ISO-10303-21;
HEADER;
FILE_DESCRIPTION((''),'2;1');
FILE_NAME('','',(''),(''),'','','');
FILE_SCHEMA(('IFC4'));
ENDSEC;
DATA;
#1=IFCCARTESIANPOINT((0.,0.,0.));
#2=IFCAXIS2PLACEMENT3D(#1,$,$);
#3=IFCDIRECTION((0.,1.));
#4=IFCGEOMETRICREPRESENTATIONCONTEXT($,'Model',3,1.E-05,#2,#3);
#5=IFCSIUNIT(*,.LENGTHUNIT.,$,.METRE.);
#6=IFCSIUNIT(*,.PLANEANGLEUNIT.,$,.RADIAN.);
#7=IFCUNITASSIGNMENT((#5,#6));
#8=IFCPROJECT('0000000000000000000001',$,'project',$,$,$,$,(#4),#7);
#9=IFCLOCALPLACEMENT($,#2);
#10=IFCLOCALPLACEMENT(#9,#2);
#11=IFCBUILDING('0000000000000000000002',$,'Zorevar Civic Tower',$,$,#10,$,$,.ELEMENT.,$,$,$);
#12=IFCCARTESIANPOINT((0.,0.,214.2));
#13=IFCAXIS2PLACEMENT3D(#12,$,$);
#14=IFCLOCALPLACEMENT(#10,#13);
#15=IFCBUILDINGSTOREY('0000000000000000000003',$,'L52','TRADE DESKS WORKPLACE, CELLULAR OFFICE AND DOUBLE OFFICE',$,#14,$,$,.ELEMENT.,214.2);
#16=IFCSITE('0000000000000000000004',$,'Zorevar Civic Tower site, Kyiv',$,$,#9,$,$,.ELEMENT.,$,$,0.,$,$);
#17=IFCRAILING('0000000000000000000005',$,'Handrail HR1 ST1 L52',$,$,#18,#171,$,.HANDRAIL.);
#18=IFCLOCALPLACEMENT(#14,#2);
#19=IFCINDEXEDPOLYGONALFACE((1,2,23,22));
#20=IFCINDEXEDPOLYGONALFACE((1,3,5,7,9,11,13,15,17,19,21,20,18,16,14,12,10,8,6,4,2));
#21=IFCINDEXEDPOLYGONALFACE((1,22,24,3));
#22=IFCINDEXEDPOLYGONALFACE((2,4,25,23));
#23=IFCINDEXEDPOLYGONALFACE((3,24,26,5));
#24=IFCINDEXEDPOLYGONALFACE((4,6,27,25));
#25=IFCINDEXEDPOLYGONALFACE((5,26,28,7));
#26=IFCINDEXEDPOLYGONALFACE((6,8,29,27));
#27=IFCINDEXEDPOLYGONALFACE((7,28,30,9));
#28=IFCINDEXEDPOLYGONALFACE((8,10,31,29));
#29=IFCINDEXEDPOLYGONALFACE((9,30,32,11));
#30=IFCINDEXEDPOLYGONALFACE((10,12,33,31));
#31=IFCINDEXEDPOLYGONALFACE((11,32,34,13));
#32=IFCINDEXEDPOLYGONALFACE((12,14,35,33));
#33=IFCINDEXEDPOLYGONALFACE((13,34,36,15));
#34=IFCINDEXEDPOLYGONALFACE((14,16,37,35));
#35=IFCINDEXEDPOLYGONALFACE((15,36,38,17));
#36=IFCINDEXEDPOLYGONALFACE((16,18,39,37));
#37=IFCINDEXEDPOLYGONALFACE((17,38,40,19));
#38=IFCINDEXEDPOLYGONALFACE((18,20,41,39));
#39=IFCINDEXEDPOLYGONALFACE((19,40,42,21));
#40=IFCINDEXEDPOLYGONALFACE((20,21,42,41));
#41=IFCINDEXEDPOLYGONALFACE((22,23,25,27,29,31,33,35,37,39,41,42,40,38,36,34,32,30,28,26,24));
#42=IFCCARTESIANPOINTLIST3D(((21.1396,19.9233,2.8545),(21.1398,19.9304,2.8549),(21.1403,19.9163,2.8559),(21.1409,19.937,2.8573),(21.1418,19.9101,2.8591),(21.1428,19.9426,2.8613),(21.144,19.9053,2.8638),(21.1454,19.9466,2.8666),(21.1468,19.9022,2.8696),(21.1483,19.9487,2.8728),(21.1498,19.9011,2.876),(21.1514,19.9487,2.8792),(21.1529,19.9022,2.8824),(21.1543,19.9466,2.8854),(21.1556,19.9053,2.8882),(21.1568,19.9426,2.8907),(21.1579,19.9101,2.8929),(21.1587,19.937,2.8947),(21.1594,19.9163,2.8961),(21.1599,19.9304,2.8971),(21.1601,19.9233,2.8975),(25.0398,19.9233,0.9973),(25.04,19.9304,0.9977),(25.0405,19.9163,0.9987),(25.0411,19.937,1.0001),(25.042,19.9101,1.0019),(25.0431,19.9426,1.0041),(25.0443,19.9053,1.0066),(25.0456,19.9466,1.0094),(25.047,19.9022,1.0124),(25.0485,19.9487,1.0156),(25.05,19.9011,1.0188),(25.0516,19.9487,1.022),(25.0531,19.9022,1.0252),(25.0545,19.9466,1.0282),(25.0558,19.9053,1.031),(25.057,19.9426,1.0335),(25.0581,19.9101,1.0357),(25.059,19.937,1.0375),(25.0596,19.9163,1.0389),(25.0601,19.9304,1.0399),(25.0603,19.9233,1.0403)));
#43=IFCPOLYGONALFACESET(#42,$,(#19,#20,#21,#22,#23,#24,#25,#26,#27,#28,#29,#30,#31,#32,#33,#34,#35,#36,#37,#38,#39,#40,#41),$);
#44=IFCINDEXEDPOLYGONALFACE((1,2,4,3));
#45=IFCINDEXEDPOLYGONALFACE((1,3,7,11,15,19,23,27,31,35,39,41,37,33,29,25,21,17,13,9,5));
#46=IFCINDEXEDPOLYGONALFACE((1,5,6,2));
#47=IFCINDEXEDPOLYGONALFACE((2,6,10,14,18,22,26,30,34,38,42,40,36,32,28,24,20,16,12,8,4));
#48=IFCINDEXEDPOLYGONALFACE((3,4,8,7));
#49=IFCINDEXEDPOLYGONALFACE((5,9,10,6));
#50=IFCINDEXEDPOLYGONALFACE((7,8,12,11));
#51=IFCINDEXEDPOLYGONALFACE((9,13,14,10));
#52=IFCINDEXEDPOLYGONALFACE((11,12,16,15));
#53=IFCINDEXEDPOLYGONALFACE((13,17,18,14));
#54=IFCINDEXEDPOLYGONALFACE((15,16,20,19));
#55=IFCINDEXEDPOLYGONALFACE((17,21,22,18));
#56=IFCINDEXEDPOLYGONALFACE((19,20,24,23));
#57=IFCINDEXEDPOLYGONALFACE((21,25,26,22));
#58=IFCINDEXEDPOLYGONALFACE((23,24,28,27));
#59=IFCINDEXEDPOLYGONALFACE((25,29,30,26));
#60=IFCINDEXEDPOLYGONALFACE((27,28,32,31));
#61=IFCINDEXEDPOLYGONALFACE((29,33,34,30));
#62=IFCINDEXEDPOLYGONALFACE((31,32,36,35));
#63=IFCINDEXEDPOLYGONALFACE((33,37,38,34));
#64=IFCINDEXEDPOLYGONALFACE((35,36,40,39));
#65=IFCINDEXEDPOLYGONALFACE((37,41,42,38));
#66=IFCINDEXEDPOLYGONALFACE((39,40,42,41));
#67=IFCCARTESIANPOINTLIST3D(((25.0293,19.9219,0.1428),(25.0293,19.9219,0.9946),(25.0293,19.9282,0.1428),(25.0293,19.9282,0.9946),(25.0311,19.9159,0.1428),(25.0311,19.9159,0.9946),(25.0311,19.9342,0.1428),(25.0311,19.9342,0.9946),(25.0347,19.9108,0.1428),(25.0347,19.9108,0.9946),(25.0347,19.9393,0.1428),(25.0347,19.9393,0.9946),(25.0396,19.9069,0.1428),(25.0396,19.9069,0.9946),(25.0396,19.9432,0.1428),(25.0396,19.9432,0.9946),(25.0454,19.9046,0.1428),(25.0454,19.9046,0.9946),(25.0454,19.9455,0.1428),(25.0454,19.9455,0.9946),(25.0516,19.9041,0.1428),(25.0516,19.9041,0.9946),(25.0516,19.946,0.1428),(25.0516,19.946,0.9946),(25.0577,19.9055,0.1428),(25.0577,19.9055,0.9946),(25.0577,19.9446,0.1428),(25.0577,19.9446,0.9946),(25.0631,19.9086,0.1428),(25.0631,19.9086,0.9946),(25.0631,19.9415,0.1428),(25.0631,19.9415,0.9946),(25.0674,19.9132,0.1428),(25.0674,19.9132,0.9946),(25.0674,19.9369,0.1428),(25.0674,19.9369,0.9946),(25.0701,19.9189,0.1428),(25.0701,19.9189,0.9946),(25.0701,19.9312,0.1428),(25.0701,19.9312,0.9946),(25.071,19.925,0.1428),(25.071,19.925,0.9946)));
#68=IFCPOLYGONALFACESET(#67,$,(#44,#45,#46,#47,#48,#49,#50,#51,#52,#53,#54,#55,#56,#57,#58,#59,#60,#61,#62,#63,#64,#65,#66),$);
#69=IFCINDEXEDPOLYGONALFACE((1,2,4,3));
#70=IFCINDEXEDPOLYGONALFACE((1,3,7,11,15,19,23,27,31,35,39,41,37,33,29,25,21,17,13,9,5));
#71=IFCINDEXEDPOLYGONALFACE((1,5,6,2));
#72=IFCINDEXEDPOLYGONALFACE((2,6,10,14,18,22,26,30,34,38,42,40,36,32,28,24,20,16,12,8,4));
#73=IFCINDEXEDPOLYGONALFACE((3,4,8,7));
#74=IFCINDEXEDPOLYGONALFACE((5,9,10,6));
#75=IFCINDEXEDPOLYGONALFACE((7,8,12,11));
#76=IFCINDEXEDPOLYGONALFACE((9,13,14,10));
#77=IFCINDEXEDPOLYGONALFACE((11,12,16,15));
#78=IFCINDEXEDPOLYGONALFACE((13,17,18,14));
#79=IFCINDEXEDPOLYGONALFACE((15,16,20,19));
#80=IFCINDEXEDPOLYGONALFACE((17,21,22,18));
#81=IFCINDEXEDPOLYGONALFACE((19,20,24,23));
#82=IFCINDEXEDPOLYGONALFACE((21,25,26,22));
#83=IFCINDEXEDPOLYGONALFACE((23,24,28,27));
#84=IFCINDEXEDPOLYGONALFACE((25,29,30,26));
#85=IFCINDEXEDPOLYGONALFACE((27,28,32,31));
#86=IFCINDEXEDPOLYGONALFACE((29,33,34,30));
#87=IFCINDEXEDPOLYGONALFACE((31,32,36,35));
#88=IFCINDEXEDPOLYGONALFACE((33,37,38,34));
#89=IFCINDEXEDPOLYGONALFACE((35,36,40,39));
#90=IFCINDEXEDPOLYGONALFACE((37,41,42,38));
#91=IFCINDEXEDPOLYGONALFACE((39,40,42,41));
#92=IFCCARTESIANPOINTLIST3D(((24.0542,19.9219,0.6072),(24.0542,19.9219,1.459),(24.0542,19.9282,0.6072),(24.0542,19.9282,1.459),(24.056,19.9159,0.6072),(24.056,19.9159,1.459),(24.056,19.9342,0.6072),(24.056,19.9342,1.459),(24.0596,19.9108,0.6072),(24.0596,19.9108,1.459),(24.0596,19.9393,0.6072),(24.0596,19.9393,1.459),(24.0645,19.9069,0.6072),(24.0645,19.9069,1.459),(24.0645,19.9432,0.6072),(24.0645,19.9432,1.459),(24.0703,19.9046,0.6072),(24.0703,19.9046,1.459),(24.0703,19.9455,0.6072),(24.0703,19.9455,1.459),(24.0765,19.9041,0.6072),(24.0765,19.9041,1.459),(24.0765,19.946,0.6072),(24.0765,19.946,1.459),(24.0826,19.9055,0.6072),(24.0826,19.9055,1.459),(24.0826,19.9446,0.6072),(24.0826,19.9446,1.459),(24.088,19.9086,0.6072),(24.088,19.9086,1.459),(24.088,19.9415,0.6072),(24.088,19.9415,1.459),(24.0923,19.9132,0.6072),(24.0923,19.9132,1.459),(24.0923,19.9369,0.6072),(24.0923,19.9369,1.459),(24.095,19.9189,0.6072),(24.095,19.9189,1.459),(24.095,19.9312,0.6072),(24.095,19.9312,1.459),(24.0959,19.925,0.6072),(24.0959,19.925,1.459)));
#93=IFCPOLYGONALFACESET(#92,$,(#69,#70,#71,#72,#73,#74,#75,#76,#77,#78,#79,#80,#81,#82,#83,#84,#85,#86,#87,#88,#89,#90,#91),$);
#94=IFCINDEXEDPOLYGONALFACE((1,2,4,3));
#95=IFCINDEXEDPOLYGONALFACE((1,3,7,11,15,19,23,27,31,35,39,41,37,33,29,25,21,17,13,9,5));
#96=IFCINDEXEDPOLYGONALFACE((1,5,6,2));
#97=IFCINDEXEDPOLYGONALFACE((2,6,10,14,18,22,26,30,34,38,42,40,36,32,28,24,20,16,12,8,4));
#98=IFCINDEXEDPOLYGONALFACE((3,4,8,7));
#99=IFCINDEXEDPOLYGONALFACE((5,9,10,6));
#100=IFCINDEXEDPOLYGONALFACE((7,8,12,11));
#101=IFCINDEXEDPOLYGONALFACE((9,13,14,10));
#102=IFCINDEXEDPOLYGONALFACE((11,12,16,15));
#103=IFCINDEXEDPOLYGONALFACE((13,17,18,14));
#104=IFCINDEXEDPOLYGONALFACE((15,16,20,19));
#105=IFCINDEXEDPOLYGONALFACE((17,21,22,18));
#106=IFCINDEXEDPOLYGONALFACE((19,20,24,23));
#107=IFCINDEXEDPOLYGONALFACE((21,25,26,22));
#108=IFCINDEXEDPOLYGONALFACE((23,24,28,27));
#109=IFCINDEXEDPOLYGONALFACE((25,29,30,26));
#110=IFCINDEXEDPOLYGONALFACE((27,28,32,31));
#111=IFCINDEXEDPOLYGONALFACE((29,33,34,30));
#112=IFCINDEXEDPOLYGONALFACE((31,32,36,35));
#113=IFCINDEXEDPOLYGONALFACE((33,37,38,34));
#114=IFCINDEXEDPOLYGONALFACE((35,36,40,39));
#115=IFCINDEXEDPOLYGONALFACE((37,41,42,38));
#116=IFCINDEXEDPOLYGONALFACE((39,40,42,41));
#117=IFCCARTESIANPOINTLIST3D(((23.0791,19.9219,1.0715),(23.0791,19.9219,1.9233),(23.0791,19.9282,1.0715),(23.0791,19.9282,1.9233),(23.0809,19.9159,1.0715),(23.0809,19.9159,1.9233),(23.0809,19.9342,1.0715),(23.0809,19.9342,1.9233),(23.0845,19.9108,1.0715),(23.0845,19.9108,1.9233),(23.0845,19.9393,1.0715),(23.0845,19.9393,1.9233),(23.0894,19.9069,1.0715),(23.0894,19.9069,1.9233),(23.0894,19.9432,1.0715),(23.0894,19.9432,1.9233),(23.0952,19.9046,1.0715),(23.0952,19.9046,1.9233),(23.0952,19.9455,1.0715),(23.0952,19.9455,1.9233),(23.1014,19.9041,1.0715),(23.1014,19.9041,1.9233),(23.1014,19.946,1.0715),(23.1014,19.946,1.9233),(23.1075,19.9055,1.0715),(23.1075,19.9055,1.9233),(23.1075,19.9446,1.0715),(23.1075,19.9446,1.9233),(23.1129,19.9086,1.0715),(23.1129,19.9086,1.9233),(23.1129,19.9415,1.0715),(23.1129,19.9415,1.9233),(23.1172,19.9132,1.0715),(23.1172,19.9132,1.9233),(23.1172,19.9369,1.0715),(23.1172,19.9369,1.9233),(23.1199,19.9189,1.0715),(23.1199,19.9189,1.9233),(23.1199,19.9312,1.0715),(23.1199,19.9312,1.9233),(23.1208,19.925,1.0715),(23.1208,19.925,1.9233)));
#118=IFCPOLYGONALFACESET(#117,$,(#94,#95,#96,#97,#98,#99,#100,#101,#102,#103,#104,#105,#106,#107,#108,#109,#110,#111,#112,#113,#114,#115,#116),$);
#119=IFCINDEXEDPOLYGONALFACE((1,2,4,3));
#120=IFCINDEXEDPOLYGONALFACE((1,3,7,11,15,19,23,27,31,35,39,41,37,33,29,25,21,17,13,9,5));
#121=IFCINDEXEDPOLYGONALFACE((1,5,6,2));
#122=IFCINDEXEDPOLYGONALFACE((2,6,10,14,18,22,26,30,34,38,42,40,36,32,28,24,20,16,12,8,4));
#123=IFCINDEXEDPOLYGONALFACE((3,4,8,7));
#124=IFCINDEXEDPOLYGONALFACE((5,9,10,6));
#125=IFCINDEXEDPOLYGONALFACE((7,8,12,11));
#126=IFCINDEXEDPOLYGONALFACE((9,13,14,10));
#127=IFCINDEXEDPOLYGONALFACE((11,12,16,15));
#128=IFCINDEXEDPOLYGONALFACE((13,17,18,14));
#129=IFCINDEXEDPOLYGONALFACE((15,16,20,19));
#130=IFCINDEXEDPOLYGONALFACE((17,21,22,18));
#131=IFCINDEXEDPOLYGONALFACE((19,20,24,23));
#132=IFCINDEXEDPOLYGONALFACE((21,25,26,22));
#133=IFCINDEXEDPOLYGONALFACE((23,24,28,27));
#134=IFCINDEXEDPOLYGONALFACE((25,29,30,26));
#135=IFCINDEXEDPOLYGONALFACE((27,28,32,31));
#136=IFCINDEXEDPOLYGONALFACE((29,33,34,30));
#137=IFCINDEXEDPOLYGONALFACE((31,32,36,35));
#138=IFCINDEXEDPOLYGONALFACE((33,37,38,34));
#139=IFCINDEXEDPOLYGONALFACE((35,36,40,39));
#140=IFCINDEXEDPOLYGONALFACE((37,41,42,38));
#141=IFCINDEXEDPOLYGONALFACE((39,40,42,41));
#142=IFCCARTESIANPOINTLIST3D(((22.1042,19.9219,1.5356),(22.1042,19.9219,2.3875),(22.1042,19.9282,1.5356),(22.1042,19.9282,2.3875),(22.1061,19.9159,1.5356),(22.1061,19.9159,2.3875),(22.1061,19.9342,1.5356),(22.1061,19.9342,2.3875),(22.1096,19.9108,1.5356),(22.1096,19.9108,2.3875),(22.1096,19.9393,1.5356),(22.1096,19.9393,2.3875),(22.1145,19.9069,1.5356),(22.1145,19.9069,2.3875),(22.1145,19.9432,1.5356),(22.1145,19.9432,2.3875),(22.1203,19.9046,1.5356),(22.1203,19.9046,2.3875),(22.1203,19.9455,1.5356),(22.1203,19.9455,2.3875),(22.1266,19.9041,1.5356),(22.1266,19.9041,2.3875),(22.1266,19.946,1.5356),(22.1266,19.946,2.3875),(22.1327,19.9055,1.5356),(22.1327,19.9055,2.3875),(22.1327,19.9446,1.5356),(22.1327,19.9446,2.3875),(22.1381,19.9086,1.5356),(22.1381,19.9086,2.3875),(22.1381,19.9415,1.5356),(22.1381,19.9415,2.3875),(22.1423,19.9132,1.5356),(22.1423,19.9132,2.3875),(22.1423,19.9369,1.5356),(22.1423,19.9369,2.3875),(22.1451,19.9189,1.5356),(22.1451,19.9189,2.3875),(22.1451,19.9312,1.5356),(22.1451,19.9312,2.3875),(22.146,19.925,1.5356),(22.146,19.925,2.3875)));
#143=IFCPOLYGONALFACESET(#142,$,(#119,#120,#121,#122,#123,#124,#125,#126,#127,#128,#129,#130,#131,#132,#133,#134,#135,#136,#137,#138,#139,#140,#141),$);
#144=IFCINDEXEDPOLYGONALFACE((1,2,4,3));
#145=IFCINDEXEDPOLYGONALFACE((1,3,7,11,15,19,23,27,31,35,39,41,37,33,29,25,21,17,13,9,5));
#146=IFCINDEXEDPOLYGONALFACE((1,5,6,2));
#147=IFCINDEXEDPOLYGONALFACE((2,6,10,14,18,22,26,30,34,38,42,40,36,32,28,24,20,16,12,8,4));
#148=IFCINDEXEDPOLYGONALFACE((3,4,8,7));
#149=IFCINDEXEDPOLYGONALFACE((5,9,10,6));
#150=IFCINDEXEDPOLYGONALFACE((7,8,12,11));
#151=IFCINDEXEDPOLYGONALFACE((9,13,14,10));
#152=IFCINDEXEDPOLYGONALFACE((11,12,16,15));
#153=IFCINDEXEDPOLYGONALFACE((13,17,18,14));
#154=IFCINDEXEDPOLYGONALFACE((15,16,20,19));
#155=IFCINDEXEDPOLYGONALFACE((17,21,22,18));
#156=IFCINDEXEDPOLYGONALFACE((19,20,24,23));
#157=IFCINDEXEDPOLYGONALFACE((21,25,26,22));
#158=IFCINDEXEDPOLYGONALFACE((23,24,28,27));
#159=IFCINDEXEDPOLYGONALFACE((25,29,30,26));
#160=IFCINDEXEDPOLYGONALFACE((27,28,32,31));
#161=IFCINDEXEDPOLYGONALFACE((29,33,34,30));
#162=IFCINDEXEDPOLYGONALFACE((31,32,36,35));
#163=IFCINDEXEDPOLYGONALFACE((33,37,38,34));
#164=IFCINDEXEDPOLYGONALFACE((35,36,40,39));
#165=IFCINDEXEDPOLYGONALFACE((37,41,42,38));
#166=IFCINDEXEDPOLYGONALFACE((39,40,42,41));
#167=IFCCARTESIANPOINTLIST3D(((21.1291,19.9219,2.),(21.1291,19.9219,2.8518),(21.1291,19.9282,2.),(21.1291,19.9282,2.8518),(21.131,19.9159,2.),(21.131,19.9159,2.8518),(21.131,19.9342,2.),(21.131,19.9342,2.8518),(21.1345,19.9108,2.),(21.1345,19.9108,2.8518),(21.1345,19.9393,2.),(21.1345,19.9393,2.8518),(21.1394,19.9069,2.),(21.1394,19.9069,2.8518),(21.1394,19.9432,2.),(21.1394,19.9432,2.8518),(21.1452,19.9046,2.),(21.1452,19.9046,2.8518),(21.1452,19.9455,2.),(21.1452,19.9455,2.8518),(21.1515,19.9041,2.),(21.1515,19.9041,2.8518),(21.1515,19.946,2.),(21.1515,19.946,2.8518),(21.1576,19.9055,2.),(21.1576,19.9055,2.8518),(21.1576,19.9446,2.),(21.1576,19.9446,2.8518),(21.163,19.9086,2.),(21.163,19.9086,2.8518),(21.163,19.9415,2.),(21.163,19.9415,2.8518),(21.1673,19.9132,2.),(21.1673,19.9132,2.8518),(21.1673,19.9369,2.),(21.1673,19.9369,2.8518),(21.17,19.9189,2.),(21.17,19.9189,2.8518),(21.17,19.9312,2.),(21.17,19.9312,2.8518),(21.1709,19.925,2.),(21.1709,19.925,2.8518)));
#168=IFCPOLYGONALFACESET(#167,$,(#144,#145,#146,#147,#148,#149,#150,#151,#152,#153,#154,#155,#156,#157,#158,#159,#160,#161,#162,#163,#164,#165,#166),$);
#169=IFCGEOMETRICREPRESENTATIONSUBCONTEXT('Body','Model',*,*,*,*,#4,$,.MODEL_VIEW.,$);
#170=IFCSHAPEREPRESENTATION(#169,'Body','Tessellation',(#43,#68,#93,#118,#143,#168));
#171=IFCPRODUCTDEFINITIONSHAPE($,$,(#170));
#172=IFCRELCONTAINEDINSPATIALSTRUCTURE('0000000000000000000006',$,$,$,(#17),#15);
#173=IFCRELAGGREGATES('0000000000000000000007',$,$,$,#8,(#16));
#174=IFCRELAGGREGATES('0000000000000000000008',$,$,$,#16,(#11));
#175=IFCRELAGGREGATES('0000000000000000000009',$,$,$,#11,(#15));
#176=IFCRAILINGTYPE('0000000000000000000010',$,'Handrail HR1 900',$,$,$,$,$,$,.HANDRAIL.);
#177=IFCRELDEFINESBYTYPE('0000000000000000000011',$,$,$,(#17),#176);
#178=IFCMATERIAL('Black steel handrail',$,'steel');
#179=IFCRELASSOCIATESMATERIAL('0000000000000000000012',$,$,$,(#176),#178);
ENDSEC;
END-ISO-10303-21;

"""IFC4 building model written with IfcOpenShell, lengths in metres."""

from ifc_helpers import new_model, si_unit, direction, frame, origin, origin_2d, place, context, subcontext, project, spatial, circle, extrude, material, type_object, element, save


model = new_model("IFC4")

# Units and contexts
model_context = context("Model", 3, precision=1e-05, world=origin(), true_north=direction((0.0, 1.0)))
body_context = subcontext(model_context, "Body", "Model", "MODEL_VIEW")
ifc_project = project(units=[si_unit("LENGTHUNIT", "METRE"), si_unit("PLANEANGLEUNIT", "RADIAN")], contexts=[model_context])

# Site, building, storey
site_placement = place(None, origin())
site = spatial("IfcSite", under=ifc_project, at=site_placement, Name="Zorevar Civic Tower site, Kyiv", CompositionType="ELEMENT", RefElevation=0.0)
building_placement = place(site_placement, origin())
building = spatial("IfcBuilding", under=site, at=building_placement, Name="Zorevar Civic Tower", CompositionType="ELEMENT")
storey_placement = place(building_placement, frame((0.0, 0.0, 214.2)))
storey = spatial("IfcBuildingStorey", under=building, at=storey_placement, Name="L52", Description="TRADE DESKS WORKPLACE, CELLULAR OFFICE AND DOUBLE OFFICE", CompositionType="ELEMENT", Elevation=214.2)

# Railing
ifc_material_1 = material(Name="Black steel handrail", Category="steel")
railing_type = type_object("IfcRailingType", Name="Handrail HR1 900", PredefinedType="HANDRAIL", material=ifc_material_1)
railing_1_placement = place(storey_placement, frame((25.05, 19.925, 0.1428)))
element("IfcRailing", 1, at=railing_1_placement, inside=storey, type_object=railing_type, Name="Handrail HR1 ST1 L52", PredefinedType="HANDRAIL", context=body_context, shape_type="SweptSolid", body=[
    extrude(circle(Radius=0.0239, at=origin_2d()), frame((0.0, 0.0, 0.876), z_axis=(-0.902864, 0.0, 0.429927), x_axis=(0.0, -1.0, 0.0)), (0.0, 0.0, 1.0), 4.3198),
    extrude(circle(Radius=0.021, at=origin_2d()), origin(), (0.0, 0.0, 1.0), 0.8518),
    extrude(circle(Radius=0.021, at=origin_2d()), frame((-0.9751, 0.0, 0.4644)), (0.0, 0.0, 1.0), 0.8518),
    extrude(circle(Radius=0.021, at=origin_2d()), frame((-1.9502, 0.0, 0.9287)), (0.0, 0.0, 1.0), 0.8518),
    extrude(circle(Radius=0.021, at=origin_2d()), frame((-2.925, 0.0, 1.3928)), (0.0, 0.0, 1.0), 0.8518),
    extrude(circle(Radius=0.021, at=origin_2d()), frame((-3.9001, 0.0, 1.8572)), (0.0, 0.0, 1.0), 0.8518),
])

save(model, "model.ifc")
